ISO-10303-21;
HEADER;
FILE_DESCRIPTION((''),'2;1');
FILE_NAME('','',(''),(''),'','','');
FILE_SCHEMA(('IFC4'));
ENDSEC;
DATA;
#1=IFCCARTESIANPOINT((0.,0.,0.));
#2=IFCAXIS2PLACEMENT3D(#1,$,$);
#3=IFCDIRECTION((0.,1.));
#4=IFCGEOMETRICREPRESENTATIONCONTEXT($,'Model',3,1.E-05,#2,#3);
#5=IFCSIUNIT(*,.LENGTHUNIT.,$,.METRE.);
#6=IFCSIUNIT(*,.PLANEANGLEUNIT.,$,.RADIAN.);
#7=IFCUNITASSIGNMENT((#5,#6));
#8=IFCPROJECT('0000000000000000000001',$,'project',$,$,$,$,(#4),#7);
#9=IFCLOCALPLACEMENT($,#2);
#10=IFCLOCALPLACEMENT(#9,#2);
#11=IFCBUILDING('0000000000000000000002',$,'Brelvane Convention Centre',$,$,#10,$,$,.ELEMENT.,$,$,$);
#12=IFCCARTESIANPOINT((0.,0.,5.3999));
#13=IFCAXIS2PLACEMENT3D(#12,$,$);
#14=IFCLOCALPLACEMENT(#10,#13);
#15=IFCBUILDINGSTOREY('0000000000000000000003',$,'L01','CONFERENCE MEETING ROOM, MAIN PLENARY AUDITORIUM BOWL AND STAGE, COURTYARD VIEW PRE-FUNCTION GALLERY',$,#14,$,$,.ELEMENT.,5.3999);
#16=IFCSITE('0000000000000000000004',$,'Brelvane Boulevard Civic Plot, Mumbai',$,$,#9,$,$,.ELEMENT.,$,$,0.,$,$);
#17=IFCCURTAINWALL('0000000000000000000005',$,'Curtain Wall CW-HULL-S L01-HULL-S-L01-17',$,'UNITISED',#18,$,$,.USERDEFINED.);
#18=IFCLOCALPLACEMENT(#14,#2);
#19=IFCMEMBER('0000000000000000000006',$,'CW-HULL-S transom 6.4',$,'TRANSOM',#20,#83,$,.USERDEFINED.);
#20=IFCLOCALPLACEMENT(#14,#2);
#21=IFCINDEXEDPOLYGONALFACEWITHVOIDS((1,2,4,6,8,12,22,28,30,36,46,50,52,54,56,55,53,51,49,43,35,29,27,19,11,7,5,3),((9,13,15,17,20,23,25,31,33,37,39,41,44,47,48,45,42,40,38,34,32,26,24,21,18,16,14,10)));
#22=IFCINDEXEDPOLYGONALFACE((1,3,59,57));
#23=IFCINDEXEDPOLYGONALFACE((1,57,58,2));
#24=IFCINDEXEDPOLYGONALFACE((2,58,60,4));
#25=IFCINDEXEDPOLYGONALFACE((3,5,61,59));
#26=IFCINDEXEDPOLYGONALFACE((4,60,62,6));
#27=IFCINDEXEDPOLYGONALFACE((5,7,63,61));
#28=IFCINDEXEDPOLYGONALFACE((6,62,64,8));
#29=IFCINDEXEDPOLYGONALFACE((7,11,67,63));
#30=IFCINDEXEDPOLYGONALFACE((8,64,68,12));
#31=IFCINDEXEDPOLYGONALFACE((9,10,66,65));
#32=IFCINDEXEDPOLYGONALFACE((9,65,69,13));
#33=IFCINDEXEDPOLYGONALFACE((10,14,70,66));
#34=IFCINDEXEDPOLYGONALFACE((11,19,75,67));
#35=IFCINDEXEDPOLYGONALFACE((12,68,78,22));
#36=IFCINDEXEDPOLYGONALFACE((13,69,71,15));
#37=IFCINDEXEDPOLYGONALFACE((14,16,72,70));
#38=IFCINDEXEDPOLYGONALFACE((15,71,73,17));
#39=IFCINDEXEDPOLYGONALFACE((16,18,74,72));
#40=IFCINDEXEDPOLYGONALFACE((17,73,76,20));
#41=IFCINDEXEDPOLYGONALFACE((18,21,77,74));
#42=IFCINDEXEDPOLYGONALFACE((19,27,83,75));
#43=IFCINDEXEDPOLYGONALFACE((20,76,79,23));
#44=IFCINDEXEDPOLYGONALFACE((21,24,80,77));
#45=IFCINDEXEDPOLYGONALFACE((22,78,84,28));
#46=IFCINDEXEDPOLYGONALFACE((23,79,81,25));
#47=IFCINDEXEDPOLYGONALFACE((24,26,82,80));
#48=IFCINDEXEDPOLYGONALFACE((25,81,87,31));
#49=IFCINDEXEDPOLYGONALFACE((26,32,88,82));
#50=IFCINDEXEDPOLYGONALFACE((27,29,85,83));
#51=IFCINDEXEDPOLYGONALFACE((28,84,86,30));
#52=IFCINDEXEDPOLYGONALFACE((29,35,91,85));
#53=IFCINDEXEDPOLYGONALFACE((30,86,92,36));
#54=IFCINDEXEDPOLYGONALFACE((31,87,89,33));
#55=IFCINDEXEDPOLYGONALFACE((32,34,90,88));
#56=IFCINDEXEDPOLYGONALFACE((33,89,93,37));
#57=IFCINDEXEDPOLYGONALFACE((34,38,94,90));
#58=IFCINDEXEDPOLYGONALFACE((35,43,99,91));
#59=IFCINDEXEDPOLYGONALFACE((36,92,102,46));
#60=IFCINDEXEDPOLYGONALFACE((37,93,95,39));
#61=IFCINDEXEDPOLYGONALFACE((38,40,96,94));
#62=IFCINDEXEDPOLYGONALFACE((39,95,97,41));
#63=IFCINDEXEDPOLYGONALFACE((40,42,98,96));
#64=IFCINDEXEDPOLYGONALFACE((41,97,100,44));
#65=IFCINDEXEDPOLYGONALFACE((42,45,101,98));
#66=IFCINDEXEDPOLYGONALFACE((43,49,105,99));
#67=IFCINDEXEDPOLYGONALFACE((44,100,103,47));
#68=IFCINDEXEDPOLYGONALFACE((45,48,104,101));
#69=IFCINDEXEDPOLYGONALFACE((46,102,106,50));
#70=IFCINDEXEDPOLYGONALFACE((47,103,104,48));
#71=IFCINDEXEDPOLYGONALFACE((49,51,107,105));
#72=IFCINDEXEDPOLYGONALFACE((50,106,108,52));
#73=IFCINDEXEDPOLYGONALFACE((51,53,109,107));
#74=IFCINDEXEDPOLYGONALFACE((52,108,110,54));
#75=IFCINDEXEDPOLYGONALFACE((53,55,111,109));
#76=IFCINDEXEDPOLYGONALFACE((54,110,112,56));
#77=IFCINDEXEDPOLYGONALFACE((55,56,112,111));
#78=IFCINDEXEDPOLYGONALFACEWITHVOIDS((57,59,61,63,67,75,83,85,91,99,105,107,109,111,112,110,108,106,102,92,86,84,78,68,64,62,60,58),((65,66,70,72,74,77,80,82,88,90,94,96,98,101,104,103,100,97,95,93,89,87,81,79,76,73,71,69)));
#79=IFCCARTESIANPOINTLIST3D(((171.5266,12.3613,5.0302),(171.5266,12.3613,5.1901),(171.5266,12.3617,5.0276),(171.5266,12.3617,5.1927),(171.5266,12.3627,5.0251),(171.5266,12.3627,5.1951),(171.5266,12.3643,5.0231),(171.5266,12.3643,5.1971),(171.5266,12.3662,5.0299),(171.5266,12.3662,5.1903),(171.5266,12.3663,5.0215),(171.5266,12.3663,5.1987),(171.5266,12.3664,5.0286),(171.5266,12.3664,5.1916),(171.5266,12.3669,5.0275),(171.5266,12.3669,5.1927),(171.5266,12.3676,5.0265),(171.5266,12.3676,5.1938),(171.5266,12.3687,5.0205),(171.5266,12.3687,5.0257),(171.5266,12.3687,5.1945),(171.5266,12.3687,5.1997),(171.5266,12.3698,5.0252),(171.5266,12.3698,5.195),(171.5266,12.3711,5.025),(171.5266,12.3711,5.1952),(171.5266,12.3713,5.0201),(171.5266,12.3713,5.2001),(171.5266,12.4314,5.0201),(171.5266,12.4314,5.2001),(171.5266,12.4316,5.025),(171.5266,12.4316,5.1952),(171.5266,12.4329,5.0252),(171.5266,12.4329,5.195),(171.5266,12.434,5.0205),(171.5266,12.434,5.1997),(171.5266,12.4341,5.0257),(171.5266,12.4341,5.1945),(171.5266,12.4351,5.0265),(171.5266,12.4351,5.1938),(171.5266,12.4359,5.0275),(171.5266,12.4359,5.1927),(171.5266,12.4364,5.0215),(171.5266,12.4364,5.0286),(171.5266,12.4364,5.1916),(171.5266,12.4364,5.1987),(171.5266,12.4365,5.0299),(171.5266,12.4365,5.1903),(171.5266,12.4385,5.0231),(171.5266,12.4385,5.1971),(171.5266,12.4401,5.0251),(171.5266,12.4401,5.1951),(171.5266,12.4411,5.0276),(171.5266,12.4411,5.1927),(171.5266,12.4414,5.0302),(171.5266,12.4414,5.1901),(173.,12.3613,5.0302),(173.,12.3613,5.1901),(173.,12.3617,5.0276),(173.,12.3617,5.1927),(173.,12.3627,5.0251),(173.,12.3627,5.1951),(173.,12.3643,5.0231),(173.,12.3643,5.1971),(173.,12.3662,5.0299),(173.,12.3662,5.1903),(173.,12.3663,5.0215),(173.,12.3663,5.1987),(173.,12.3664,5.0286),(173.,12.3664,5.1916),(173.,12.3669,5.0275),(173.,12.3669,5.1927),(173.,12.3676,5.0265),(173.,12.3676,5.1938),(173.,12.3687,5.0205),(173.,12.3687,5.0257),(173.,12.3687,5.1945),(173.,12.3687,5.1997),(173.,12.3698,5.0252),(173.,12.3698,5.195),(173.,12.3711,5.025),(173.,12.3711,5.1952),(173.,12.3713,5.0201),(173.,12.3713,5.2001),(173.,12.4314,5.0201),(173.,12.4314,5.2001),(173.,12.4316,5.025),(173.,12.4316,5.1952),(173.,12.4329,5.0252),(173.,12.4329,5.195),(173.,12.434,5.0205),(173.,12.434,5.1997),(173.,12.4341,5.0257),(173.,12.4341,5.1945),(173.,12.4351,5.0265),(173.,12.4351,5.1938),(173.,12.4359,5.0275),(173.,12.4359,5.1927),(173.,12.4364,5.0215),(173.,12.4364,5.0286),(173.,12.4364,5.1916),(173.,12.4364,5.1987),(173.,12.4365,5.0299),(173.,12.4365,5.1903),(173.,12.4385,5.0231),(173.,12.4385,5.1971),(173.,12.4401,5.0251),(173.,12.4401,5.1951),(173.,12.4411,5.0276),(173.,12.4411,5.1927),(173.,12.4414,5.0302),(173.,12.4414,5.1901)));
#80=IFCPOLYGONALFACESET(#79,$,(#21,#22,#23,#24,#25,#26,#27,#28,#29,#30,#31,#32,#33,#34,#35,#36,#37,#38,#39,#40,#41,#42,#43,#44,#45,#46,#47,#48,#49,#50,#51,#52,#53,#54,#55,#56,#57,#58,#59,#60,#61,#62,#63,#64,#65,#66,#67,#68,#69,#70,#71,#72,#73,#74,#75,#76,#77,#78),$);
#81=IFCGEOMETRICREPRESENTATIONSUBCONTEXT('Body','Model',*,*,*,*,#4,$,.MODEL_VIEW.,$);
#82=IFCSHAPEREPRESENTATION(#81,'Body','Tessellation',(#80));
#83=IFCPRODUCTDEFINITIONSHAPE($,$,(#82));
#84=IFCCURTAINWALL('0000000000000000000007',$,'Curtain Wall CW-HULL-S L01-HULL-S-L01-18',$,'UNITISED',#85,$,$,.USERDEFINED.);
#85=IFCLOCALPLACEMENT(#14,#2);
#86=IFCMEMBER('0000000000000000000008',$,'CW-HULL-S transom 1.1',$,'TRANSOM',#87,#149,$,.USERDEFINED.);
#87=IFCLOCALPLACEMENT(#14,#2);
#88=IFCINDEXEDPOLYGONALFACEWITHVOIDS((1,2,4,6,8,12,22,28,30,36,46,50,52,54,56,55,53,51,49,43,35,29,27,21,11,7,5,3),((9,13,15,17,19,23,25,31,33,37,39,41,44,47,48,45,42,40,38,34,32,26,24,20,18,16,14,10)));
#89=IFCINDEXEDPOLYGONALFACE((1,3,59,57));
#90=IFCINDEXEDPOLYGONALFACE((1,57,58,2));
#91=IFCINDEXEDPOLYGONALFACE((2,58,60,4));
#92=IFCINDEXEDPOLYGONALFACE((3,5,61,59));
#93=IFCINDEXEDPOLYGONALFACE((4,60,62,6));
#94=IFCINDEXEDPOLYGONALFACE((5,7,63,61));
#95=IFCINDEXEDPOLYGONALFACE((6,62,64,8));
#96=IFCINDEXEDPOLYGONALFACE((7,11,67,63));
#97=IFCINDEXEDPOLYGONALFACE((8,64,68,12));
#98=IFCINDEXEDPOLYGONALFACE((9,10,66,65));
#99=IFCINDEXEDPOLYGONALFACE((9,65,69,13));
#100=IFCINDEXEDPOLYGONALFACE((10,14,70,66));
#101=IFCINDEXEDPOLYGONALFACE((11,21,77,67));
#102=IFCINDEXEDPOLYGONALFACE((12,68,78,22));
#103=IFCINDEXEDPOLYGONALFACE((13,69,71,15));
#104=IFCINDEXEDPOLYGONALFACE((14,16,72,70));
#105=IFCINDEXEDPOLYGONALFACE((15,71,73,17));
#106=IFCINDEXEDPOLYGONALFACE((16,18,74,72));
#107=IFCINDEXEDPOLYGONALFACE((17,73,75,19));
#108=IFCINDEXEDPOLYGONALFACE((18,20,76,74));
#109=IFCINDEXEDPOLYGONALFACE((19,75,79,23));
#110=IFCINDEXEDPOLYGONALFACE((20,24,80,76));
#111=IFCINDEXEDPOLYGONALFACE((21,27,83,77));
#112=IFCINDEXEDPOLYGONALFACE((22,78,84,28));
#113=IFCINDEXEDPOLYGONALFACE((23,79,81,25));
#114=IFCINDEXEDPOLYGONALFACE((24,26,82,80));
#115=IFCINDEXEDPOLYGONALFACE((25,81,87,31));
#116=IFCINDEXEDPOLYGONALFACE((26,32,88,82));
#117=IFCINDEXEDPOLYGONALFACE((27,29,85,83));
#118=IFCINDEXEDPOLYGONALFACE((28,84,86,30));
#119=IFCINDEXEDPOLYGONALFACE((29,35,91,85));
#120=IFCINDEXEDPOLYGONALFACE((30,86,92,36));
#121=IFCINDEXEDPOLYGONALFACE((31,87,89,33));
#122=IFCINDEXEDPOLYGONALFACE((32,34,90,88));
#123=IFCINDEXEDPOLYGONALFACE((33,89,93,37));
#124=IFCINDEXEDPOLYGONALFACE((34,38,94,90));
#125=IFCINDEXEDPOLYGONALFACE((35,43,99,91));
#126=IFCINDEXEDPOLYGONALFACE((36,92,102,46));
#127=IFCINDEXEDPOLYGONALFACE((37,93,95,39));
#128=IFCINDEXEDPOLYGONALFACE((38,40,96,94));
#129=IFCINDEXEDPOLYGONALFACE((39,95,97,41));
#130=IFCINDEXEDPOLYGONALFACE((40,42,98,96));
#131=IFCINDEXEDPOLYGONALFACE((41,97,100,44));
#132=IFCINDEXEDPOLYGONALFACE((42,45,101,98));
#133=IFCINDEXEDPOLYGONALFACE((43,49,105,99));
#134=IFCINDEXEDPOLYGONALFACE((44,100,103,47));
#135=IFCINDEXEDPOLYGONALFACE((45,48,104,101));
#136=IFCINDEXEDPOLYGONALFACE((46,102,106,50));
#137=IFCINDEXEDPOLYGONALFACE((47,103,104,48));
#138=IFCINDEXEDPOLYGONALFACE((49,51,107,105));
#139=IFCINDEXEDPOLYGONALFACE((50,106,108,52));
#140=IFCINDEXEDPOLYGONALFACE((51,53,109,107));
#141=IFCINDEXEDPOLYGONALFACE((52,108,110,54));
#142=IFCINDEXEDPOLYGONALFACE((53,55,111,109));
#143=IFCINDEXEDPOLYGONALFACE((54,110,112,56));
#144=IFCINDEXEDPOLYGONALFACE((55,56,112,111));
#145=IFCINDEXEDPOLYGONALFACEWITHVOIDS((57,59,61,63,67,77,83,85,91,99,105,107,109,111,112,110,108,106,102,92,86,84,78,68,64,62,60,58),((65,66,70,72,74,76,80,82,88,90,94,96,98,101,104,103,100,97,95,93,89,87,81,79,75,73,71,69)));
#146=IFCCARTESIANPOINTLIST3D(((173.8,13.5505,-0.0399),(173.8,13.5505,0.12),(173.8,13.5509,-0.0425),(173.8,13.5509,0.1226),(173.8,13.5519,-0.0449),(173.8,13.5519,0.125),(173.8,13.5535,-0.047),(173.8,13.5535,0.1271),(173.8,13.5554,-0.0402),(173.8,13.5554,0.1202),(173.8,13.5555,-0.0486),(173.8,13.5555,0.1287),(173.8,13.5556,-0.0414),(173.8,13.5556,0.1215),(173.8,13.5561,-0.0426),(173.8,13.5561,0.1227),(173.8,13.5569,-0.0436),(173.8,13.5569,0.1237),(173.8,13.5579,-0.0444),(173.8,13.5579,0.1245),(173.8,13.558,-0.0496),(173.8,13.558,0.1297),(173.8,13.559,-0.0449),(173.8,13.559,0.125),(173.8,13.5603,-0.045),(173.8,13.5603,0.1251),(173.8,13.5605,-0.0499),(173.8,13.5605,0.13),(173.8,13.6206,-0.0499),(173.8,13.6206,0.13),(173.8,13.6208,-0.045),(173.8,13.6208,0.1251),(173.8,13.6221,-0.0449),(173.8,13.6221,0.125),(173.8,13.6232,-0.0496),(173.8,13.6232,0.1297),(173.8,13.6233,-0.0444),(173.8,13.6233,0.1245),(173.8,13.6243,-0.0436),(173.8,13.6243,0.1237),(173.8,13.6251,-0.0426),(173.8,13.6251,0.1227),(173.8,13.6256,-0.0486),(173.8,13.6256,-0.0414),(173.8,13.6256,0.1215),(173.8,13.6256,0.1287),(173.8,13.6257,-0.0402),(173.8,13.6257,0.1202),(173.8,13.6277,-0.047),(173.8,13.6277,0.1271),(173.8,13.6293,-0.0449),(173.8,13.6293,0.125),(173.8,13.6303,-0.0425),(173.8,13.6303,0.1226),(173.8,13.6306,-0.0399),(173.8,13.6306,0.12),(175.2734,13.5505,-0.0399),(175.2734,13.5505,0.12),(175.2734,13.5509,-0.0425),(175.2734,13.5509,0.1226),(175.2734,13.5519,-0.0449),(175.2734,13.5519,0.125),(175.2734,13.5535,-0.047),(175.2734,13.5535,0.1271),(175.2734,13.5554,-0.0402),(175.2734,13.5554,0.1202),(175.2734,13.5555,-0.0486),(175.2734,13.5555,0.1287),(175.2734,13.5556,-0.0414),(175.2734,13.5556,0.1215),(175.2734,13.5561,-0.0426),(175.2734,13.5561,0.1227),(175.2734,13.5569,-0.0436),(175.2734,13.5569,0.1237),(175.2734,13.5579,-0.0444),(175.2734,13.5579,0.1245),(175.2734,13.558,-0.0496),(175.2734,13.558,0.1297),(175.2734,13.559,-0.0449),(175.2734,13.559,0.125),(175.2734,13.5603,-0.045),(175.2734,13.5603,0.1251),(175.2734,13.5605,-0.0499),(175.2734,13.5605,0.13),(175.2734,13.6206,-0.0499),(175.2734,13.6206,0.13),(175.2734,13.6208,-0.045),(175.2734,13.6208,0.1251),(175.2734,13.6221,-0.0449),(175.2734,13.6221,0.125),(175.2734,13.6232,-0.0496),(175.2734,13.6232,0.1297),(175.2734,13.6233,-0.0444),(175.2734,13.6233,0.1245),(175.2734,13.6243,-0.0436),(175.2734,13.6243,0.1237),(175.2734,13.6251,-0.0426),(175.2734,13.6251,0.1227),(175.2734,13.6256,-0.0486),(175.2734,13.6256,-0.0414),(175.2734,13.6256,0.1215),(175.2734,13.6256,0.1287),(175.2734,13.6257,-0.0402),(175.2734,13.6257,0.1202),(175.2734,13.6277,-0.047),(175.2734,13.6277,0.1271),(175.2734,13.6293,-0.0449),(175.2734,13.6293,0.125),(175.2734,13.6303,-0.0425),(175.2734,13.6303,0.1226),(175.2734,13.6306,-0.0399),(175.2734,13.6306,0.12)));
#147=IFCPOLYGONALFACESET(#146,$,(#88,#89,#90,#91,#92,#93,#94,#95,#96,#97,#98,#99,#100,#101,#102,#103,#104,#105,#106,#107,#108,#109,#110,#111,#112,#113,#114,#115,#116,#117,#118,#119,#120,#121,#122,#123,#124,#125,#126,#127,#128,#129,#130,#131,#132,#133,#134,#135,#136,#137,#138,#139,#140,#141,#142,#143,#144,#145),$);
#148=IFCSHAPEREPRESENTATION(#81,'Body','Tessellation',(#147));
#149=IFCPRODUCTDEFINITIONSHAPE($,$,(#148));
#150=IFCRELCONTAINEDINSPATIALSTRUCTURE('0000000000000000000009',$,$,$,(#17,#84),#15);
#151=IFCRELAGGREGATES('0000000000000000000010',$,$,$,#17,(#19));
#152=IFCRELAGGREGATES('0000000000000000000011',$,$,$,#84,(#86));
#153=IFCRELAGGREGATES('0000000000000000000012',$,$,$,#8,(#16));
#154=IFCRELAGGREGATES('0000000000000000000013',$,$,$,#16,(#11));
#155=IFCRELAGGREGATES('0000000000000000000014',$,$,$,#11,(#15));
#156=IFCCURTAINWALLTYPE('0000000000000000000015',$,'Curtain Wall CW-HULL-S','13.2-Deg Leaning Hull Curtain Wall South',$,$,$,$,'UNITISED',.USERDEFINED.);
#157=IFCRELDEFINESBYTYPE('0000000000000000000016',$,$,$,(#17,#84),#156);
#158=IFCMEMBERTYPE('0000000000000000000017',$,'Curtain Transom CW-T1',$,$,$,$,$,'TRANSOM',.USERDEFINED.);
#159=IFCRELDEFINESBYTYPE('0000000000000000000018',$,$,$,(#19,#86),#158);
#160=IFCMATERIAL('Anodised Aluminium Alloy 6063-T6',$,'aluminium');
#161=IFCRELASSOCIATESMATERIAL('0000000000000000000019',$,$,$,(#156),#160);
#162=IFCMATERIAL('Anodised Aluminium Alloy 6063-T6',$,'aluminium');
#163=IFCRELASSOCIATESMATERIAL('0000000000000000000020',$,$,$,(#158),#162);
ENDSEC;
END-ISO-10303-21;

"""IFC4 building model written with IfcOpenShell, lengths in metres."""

from ifc_helpers import new_model, si_unit, direction, frame, origin, origin_2d, place, context, subcontext, project, spatial, hollow_rectangle, extrude, material, material_profile, profile_set, type_object, element, aggregate, save


model = new_model("IFC4")

# Units and contexts
model_context = context("Model", 3, precision=1e-05, world=origin(), true_north=direction((0.0, 1.0)))
body_context = subcontext(model_context, "Body", "Model", "MODEL_VIEW")
ifc_project = project(units=[si_unit("LENGTHUNIT", "METRE"), si_unit("PLANEANGLEUNIT", "RADIAN")], contexts=[model_context])

# Site, building, storey
site_placement = place(None, origin())
site = spatial("IfcSite", under=ifc_project, at=site_placement, Name="Brelvane Boulevard Civic Plot, Mumbai", CompositionType="ELEMENT", RefElevation=0.0)
building_placement = place(site_placement, origin())
building = spatial("IfcBuilding", under=site, at=building_placement, Name="Brelvane Convention Centre", CompositionType="ELEMENT")
storey_placement = place(building_placement, frame((0.0, 0.0, 5.3999)))
storey = spatial("IfcBuildingStorey", under=building, at=storey_placement, Name="L01", Description="CONFERENCE MEETING ROOM, MAIN PLENARY AUDITORIUM BOWL AND STAGE, COURTYARD VIEW PRE-FUNCTION GALLERY", CompositionType="ELEMENT", Elevation=5.3999)

# Curtain walls, members
ifc_material_1 = material(Name="Anodised Aluminium Alloy 6063-T6", Category="aluminium")
curtain_wall_type = type_object("IfcCurtainWallType", Name="Curtain Wall CW-HULL-S", Description="13.2-Deg Leaning Hull Curtain Wall South", ElementType="UNITISED", PredefinedType="USERDEFINED", material=ifc_material_1)
curtain_wall_1_placement = place(storey_placement, origin())
curtain_wall_1 = element("IfcCurtainWall", 1, at=curtain_wall_1_placement, inside=storey, type_object=curtain_wall_type, Name="Curtain Wall CW-HULL-S L01-HULL-S-L01-17", ObjectType="UNITISED", PredefinedType="USERDEFINED")
ifc_material_2 = material(Name="Anodised Aluminium Alloy 6063-T6", Category="aluminium")
ifc_material_profile = material_profile(ifc_material_2, hollow_rectangle(XDim=0.0801, YDim=0.1799, WallThickness=0.0049, InnerFilletRadius=0.0049, OuterFilletRadius=0.01, at=origin_2d()), Name="ALU-T 180x80x5.0")
ifc_profile_set = profile_set([ifc_material_profile], Name="Anodised Aluminium Alloy 6063-T6")
member_type = type_object("IfcMemberType", Name="Curtain Transom CW-T1", ElementType="TRANSOM", PredefinedType="USERDEFINED", material=ifc_profile_set)
member_1_placement = place(storey_placement, frame((171.5266, 12.4014, 5.1101), z_axis=(1.0, 0.0, 0.0), x_axis=(0.0, 1.0, 0.0)))
member_1 = element("IfcMember", 2, at=member_1_placement, type_object=member_type, Name="CW-HULL-S transom 6.4", ObjectType="TRANSOM", PredefinedType="USERDEFINED", context=body_context, shape_type="SweptSolid", body=[
    extrude(hollow_rectangle(XDim=0.0801, YDim=0.1799, WallThickness=0.0049, InnerFilletRadius=0.0049, OuterFilletRadius=0.01, at=origin_2d()), origin(), (0.0, 0.0, 1.0), 1.4734),
])
curtain_wall_2_placement = place(storey_placement, origin())
curtain_wall_2 = element("IfcCurtainWall", 3, at=curtain_wall_2_placement, inside=storey, type_object=curtain_wall_type, Name="Curtain Wall CW-HULL-S L01-HULL-S-L01-18", ObjectType="UNITISED", PredefinedType="USERDEFINED")
member_2_placement = place(storey_placement, frame((173.8, 13.5906, 0.04), z_axis=(1.0, 0.0, 0.0), x_axis=(0.0, 1.0, 0.0)))
member_2 = element("IfcMember", 4, at=member_2_placement, type_object=member_type, Name="CW-HULL-S transom 1.1", ObjectType="TRANSOM", PredefinedType="USERDEFINED", context=body_context, shape_type="SweptSolid", body=[
    extrude(hollow_rectangle(XDim=0.0801, YDim=0.1799, WallThickness=0.0049, InnerFilletRadius=0.0049, OuterFilletRadius=0.01, at=origin_2d()), origin(), (0.0, 0.0, 1.0), 1.4734),
])

aggregate(curtain_wall_1, [member_1])
aggregate(curtain_wall_2, [member_2])

save(model, "model.ifc")
